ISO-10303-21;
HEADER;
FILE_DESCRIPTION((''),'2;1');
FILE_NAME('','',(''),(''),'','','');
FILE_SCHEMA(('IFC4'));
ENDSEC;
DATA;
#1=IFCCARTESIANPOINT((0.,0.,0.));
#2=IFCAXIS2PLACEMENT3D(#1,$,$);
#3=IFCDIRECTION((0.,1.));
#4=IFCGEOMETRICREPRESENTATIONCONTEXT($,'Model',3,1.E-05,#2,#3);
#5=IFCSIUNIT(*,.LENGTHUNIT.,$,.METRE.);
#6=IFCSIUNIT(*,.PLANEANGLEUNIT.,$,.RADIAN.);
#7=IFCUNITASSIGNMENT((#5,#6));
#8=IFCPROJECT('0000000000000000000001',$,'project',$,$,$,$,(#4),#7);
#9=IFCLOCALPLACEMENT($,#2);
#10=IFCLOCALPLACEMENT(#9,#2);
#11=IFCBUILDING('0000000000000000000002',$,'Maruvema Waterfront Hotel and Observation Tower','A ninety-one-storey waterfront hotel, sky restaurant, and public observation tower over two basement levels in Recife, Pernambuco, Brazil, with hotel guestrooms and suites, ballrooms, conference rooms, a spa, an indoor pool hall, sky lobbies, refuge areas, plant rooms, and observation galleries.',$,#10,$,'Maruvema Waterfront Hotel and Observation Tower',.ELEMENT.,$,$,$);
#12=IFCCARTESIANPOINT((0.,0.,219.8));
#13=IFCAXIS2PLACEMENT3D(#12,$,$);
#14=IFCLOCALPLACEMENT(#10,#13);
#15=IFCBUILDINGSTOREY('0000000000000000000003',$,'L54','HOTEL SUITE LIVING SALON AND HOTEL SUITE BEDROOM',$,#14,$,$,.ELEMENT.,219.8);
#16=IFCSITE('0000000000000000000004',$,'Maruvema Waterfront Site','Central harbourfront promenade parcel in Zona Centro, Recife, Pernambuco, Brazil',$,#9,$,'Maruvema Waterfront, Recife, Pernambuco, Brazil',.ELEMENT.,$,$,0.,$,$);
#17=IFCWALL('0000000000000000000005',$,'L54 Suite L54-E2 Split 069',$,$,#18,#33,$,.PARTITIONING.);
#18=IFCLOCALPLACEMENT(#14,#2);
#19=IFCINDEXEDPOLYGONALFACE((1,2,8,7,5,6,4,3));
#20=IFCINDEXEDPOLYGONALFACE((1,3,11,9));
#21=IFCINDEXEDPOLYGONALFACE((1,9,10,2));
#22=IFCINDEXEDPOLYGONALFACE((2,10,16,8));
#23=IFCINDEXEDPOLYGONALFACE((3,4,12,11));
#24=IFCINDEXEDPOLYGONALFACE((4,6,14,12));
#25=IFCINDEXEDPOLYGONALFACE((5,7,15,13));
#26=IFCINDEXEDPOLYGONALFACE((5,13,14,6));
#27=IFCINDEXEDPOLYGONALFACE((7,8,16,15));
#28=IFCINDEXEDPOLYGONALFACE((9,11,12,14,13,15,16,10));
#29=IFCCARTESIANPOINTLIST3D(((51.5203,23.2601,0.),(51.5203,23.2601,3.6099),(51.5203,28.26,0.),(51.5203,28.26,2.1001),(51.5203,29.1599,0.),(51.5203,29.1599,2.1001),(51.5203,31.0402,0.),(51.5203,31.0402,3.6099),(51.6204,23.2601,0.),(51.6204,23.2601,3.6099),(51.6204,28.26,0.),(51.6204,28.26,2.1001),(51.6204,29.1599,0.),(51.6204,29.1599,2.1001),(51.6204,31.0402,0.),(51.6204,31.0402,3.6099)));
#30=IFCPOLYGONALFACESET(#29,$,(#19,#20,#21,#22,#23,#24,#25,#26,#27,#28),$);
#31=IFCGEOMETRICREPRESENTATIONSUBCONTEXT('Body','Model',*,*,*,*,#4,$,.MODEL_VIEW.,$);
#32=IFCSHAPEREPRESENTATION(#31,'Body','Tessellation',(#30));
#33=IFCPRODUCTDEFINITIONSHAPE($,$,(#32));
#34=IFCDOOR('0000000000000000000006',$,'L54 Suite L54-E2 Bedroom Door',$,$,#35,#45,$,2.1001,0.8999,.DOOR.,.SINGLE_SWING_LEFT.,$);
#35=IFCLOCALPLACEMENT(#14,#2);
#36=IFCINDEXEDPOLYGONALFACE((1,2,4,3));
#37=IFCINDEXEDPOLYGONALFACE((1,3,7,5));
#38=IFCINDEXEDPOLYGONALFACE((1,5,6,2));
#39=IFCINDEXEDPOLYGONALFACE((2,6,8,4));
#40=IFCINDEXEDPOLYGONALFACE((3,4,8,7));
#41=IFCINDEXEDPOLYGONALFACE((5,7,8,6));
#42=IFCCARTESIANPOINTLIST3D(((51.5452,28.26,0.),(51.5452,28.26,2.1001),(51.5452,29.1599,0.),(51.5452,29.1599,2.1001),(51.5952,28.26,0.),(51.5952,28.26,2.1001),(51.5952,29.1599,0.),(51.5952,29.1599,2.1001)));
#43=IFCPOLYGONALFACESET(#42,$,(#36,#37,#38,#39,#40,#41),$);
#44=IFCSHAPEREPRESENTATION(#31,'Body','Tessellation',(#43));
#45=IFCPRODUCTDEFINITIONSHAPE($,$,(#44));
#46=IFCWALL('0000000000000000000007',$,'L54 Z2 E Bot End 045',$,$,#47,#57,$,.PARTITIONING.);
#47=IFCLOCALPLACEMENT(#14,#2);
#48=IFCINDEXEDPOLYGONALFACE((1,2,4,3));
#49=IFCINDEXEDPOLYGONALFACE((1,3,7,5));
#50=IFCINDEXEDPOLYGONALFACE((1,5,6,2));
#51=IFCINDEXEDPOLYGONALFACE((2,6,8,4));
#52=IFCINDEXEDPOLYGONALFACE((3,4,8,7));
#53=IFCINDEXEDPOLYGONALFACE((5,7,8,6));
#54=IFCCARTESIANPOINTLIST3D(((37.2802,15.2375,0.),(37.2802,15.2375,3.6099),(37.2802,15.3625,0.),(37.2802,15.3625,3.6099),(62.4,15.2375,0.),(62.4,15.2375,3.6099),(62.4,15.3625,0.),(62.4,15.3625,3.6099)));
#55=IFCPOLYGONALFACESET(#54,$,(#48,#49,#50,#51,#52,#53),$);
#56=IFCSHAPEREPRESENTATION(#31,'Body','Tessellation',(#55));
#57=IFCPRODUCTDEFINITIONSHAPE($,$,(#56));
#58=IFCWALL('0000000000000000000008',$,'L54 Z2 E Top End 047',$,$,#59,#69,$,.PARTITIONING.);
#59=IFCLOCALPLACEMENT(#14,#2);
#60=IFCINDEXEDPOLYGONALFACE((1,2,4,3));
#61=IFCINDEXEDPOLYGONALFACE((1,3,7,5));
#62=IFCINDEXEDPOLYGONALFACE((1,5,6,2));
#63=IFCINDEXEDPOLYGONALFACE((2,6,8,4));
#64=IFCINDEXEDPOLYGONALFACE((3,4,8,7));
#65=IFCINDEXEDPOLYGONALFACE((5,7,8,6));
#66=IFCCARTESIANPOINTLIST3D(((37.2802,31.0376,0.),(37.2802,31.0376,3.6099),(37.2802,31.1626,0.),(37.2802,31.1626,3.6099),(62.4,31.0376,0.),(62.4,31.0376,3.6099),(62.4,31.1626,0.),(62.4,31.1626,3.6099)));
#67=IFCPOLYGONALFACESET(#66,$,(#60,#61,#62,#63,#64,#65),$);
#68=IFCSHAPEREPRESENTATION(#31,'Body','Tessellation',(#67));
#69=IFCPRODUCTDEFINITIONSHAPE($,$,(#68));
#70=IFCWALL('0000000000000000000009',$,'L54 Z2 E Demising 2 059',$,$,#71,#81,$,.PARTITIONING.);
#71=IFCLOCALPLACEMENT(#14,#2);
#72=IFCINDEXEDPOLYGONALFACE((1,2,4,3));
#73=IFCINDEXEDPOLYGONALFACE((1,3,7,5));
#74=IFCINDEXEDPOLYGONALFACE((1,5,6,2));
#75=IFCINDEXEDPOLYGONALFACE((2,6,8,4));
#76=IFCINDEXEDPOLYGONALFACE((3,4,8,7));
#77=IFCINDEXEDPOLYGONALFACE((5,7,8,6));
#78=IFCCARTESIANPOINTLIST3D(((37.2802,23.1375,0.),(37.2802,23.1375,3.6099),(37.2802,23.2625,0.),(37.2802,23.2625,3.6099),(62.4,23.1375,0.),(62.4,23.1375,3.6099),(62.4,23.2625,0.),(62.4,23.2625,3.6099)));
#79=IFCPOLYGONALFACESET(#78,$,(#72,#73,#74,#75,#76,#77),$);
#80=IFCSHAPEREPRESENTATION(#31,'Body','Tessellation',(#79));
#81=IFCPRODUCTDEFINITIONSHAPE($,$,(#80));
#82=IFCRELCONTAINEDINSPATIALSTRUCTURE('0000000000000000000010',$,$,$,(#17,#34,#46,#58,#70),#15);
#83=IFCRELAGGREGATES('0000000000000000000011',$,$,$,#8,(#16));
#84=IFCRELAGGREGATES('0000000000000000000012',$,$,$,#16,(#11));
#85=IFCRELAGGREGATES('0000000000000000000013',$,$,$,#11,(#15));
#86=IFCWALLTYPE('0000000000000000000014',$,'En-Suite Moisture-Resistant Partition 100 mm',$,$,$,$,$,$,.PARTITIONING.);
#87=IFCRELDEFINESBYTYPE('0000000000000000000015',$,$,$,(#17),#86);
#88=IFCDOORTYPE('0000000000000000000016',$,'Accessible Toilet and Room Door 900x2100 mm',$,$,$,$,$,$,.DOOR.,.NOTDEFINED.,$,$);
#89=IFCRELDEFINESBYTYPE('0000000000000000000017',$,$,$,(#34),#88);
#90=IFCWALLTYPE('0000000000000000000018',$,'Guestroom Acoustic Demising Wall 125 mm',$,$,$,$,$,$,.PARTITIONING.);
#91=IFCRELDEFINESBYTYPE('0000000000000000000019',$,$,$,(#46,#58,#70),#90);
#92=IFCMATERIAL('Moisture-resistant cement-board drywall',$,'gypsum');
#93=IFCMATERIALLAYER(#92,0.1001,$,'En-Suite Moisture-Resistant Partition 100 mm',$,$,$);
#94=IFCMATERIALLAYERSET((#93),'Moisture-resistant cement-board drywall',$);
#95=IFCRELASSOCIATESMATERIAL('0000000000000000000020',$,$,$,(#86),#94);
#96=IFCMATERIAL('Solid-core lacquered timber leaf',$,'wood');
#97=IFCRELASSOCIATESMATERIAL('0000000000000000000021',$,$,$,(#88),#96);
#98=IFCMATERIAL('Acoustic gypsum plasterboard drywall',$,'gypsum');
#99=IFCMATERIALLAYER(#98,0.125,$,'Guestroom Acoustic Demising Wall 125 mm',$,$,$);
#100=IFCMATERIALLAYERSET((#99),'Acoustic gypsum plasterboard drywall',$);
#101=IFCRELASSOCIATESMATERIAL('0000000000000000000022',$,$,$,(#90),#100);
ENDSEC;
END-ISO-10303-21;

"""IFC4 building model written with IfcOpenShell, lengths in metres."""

from ifc_helpers import new_model, si_unit, direction, frame, frame_2d, origin, place, context, subcontext, project, spatial, rectangle, extrude, material, layer, layer_set, type_object, element, fill, save


model = new_model("IFC4")

# Units and contexts
model_context = context("Model", 3, precision=1e-05, world=origin(), true_north=direction((0.0, 1.0)))
body_context = subcontext(model_context, "Body", "Model", "MODEL_VIEW")
ifc_project = project(units=[si_unit("LENGTHUNIT", "METRE"), si_unit("PLANEANGLEUNIT", "RADIAN")], contexts=[model_context])

# Site, building, storey
site_placement = place(None, origin())
site = spatial("IfcSite", under=ifc_project, at=site_placement, Name="Maruvema Waterfront Site", Description="Central harbourfront promenade parcel in Zona Centro, Recife, Pernambuco, Brazil", LongName="Maruvema Waterfront, Recife, Pernambuco, Brazil", CompositionType="ELEMENT", RefElevation=0.0)
building_placement = place(site_placement, origin())
building = spatial("IfcBuilding", under=site, at=building_placement, Name="Maruvema Waterfront Hotel and Observation Tower", Description="A ninety-one-storey waterfront hotel, sky restaurant, and public observation tower over two basement levels in Recife, Pernambuco, Brazil, with hotel guestrooms and suites, ballrooms, conference rooms, a spa, an indoor pool hall, sky lobbies, refuge areas, plant rooms, and observation galleries.", LongName="Maruvema Waterfront Hotel and Observation Tower", CompositionType="ELEMENT")
storey_placement = place(building_placement, frame((0.0, 0.0, 219.8)))
storey = spatial("IfcBuildingStorey", under=building, at=storey_placement, Name="L54", Description="HOTEL SUITE LIVING SALON AND HOTEL SUITE BEDROOM", CompositionType="ELEMENT", Elevation=219.8)

# Shared definitions
ifc_material_1 = material(Name="Moisture-resistant cement-board drywall", Category="gypsum")
ifc_layer_1 = layer(ifc_material_1, 0.1001, Name="En-Suite Moisture-Resistant Partition 100 mm")
ifc_layer_set_1 = layer_set([ifc_layer_1], Name="Moisture-resistant cement-board drywall")
wall_type_1 = type_object("IfcWallType", Name="En-Suite Moisture-Resistant Partition 100 mm", PredefinedType="PARTITIONING", material=ifc_layer_set_1)

# Shared definitions
ifc_material_2 = material(Name="Solid-core lacquered timber leaf", Category="wood")
door_type_1 = type_object("IfcDoorType", Name="Accessible Toilet and Room Door 900x2100 mm", OperationType="NOTDEFINED", PredefinedType="DOOR", material=ifc_material_2)

# Wall, opening, door
wall_1_placement = place(storey_placement, frame((51.5703, 23.26, 0.0), z_axis=(0.0, 0.0, 1.0), x_axis=(0.0, 1.0, 0.0)))
wall_1 = element("IfcWall", 1, at=wall_1_placement, inside=storey, type_object=wall_type_1, Name="L54 Suite L54-E2 Split 069", PredefinedType="PARTITIONING", context=body_context, shape_type="SweptSolid", body=[
    extrude(rectangle(XDim=7.78, YDim=0.1001, at=frame_2d((3.8901, 0.0))), origin(), (0.0, 0.0, 1.0), 3.6099),
])
opening_1_placement = place(wall_1_placement, frame((5.0, 0.0, 0.0)))
opening_1 = element("IfcOpeningElement", 2, at=opening_1_placement, cuts=wall_1, PredefinedType="OPENING", context=body_context, shape_type="SweptSolid", body=[
    extrude(rectangle(XDim=0.8999, YDim=2.1001, at=frame_2d((0.45, 1.05))), frame((0.0, 0.0601, 0.0), z_axis=(0.0, -1.0, 0.0), x_axis=(1.0, 0.0, 0.0)), (0.0, 0.0, 1.0), 0.1201),
])
door_1_placement = place(opening_1_placement, frame((0.8999, 0.0, 0.0), z_axis=(0.0, 0.0, 1.0), x_axis=(-1.0, 0.0, 0.0)))
door_1 = element("IfcDoor", 3, at=door_1_placement, inside=storey, type_object=door_type_1, Name="L54 Suite L54-E2 Bedroom Door", OperationType="SINGLE_SWING_LEFT", OverallHeight=2.1001, OverallWidth=0.8999, PredefinedType="DOOR", context=body_context, shape_type="SweptSolid", body=[
    extrude(rectangle(XDim=0.8999, YDim=2.1001, at=frame_2d((0.45, 1.05))), frame((0.0, 0.0249, 0.0), z_axis=(0.0, -1.0, 0.0), x_axis=(1.0, 0.0, 0.0)), (0.0, 0.0, 1.0), 0.05),
])
fill(opening_1, door_1)

# Walls
ifc_material_3 = material(Name="Acoustic gypsum plasterboard drywall", Category="gypsum")
ifc_layer_2 = layer(ifc_material_3, 0.125, Name="Guestroom Acoustic Demising Wall 125 mm")
ifc_layer_set_2 = layer_set([ifc_layer_2], Name="Acoustic gypsum plasterboard drywall")
wall_type_2 = type_object("IfcWallType", Name="Guestroom Acoustic Demising Wall 125 mm", PredefinedType="PARTITIONING", material=ifc_layer_set_2)
for number, where, z_axis, x_axis, name in (
    (4, (37.28, 15.3, 0.0), (0.0, 0.0, 1.0), (1.0, 0.0, 0.0), "L54 Z2 E Bot End 045"),
    (5, (37.28, 31.1001, 0.0), (0.0, 0.0, 1.0), (1.0, 0.0, 0.0), "L54 Z2 E Top End 047"),
    (6, (37.28, 23.2, 0.0), (0.0, 0.0, 1.0), (1.0, 0.0, 0.0), "L54 Z2 E Demising 2 059"),
):
    element("IfcWall", number, at=place(storey_placement, frame(where, z_axis=z_axis, x_axis=x_axis)), inside=storey, type_object=wall_type_2, Name=name, PredefinedType="PARTITIONING", context=body_context, shape_type="SweptSolid", body=[
        extrude(rectangle(XDim=25.1199, YDim=0.125, at=frame_2d((12.5601, 0.0))), origin(), (0.0, 0.0, 1.0), 3.6099),
    ])

save(model, "model.ifc")
